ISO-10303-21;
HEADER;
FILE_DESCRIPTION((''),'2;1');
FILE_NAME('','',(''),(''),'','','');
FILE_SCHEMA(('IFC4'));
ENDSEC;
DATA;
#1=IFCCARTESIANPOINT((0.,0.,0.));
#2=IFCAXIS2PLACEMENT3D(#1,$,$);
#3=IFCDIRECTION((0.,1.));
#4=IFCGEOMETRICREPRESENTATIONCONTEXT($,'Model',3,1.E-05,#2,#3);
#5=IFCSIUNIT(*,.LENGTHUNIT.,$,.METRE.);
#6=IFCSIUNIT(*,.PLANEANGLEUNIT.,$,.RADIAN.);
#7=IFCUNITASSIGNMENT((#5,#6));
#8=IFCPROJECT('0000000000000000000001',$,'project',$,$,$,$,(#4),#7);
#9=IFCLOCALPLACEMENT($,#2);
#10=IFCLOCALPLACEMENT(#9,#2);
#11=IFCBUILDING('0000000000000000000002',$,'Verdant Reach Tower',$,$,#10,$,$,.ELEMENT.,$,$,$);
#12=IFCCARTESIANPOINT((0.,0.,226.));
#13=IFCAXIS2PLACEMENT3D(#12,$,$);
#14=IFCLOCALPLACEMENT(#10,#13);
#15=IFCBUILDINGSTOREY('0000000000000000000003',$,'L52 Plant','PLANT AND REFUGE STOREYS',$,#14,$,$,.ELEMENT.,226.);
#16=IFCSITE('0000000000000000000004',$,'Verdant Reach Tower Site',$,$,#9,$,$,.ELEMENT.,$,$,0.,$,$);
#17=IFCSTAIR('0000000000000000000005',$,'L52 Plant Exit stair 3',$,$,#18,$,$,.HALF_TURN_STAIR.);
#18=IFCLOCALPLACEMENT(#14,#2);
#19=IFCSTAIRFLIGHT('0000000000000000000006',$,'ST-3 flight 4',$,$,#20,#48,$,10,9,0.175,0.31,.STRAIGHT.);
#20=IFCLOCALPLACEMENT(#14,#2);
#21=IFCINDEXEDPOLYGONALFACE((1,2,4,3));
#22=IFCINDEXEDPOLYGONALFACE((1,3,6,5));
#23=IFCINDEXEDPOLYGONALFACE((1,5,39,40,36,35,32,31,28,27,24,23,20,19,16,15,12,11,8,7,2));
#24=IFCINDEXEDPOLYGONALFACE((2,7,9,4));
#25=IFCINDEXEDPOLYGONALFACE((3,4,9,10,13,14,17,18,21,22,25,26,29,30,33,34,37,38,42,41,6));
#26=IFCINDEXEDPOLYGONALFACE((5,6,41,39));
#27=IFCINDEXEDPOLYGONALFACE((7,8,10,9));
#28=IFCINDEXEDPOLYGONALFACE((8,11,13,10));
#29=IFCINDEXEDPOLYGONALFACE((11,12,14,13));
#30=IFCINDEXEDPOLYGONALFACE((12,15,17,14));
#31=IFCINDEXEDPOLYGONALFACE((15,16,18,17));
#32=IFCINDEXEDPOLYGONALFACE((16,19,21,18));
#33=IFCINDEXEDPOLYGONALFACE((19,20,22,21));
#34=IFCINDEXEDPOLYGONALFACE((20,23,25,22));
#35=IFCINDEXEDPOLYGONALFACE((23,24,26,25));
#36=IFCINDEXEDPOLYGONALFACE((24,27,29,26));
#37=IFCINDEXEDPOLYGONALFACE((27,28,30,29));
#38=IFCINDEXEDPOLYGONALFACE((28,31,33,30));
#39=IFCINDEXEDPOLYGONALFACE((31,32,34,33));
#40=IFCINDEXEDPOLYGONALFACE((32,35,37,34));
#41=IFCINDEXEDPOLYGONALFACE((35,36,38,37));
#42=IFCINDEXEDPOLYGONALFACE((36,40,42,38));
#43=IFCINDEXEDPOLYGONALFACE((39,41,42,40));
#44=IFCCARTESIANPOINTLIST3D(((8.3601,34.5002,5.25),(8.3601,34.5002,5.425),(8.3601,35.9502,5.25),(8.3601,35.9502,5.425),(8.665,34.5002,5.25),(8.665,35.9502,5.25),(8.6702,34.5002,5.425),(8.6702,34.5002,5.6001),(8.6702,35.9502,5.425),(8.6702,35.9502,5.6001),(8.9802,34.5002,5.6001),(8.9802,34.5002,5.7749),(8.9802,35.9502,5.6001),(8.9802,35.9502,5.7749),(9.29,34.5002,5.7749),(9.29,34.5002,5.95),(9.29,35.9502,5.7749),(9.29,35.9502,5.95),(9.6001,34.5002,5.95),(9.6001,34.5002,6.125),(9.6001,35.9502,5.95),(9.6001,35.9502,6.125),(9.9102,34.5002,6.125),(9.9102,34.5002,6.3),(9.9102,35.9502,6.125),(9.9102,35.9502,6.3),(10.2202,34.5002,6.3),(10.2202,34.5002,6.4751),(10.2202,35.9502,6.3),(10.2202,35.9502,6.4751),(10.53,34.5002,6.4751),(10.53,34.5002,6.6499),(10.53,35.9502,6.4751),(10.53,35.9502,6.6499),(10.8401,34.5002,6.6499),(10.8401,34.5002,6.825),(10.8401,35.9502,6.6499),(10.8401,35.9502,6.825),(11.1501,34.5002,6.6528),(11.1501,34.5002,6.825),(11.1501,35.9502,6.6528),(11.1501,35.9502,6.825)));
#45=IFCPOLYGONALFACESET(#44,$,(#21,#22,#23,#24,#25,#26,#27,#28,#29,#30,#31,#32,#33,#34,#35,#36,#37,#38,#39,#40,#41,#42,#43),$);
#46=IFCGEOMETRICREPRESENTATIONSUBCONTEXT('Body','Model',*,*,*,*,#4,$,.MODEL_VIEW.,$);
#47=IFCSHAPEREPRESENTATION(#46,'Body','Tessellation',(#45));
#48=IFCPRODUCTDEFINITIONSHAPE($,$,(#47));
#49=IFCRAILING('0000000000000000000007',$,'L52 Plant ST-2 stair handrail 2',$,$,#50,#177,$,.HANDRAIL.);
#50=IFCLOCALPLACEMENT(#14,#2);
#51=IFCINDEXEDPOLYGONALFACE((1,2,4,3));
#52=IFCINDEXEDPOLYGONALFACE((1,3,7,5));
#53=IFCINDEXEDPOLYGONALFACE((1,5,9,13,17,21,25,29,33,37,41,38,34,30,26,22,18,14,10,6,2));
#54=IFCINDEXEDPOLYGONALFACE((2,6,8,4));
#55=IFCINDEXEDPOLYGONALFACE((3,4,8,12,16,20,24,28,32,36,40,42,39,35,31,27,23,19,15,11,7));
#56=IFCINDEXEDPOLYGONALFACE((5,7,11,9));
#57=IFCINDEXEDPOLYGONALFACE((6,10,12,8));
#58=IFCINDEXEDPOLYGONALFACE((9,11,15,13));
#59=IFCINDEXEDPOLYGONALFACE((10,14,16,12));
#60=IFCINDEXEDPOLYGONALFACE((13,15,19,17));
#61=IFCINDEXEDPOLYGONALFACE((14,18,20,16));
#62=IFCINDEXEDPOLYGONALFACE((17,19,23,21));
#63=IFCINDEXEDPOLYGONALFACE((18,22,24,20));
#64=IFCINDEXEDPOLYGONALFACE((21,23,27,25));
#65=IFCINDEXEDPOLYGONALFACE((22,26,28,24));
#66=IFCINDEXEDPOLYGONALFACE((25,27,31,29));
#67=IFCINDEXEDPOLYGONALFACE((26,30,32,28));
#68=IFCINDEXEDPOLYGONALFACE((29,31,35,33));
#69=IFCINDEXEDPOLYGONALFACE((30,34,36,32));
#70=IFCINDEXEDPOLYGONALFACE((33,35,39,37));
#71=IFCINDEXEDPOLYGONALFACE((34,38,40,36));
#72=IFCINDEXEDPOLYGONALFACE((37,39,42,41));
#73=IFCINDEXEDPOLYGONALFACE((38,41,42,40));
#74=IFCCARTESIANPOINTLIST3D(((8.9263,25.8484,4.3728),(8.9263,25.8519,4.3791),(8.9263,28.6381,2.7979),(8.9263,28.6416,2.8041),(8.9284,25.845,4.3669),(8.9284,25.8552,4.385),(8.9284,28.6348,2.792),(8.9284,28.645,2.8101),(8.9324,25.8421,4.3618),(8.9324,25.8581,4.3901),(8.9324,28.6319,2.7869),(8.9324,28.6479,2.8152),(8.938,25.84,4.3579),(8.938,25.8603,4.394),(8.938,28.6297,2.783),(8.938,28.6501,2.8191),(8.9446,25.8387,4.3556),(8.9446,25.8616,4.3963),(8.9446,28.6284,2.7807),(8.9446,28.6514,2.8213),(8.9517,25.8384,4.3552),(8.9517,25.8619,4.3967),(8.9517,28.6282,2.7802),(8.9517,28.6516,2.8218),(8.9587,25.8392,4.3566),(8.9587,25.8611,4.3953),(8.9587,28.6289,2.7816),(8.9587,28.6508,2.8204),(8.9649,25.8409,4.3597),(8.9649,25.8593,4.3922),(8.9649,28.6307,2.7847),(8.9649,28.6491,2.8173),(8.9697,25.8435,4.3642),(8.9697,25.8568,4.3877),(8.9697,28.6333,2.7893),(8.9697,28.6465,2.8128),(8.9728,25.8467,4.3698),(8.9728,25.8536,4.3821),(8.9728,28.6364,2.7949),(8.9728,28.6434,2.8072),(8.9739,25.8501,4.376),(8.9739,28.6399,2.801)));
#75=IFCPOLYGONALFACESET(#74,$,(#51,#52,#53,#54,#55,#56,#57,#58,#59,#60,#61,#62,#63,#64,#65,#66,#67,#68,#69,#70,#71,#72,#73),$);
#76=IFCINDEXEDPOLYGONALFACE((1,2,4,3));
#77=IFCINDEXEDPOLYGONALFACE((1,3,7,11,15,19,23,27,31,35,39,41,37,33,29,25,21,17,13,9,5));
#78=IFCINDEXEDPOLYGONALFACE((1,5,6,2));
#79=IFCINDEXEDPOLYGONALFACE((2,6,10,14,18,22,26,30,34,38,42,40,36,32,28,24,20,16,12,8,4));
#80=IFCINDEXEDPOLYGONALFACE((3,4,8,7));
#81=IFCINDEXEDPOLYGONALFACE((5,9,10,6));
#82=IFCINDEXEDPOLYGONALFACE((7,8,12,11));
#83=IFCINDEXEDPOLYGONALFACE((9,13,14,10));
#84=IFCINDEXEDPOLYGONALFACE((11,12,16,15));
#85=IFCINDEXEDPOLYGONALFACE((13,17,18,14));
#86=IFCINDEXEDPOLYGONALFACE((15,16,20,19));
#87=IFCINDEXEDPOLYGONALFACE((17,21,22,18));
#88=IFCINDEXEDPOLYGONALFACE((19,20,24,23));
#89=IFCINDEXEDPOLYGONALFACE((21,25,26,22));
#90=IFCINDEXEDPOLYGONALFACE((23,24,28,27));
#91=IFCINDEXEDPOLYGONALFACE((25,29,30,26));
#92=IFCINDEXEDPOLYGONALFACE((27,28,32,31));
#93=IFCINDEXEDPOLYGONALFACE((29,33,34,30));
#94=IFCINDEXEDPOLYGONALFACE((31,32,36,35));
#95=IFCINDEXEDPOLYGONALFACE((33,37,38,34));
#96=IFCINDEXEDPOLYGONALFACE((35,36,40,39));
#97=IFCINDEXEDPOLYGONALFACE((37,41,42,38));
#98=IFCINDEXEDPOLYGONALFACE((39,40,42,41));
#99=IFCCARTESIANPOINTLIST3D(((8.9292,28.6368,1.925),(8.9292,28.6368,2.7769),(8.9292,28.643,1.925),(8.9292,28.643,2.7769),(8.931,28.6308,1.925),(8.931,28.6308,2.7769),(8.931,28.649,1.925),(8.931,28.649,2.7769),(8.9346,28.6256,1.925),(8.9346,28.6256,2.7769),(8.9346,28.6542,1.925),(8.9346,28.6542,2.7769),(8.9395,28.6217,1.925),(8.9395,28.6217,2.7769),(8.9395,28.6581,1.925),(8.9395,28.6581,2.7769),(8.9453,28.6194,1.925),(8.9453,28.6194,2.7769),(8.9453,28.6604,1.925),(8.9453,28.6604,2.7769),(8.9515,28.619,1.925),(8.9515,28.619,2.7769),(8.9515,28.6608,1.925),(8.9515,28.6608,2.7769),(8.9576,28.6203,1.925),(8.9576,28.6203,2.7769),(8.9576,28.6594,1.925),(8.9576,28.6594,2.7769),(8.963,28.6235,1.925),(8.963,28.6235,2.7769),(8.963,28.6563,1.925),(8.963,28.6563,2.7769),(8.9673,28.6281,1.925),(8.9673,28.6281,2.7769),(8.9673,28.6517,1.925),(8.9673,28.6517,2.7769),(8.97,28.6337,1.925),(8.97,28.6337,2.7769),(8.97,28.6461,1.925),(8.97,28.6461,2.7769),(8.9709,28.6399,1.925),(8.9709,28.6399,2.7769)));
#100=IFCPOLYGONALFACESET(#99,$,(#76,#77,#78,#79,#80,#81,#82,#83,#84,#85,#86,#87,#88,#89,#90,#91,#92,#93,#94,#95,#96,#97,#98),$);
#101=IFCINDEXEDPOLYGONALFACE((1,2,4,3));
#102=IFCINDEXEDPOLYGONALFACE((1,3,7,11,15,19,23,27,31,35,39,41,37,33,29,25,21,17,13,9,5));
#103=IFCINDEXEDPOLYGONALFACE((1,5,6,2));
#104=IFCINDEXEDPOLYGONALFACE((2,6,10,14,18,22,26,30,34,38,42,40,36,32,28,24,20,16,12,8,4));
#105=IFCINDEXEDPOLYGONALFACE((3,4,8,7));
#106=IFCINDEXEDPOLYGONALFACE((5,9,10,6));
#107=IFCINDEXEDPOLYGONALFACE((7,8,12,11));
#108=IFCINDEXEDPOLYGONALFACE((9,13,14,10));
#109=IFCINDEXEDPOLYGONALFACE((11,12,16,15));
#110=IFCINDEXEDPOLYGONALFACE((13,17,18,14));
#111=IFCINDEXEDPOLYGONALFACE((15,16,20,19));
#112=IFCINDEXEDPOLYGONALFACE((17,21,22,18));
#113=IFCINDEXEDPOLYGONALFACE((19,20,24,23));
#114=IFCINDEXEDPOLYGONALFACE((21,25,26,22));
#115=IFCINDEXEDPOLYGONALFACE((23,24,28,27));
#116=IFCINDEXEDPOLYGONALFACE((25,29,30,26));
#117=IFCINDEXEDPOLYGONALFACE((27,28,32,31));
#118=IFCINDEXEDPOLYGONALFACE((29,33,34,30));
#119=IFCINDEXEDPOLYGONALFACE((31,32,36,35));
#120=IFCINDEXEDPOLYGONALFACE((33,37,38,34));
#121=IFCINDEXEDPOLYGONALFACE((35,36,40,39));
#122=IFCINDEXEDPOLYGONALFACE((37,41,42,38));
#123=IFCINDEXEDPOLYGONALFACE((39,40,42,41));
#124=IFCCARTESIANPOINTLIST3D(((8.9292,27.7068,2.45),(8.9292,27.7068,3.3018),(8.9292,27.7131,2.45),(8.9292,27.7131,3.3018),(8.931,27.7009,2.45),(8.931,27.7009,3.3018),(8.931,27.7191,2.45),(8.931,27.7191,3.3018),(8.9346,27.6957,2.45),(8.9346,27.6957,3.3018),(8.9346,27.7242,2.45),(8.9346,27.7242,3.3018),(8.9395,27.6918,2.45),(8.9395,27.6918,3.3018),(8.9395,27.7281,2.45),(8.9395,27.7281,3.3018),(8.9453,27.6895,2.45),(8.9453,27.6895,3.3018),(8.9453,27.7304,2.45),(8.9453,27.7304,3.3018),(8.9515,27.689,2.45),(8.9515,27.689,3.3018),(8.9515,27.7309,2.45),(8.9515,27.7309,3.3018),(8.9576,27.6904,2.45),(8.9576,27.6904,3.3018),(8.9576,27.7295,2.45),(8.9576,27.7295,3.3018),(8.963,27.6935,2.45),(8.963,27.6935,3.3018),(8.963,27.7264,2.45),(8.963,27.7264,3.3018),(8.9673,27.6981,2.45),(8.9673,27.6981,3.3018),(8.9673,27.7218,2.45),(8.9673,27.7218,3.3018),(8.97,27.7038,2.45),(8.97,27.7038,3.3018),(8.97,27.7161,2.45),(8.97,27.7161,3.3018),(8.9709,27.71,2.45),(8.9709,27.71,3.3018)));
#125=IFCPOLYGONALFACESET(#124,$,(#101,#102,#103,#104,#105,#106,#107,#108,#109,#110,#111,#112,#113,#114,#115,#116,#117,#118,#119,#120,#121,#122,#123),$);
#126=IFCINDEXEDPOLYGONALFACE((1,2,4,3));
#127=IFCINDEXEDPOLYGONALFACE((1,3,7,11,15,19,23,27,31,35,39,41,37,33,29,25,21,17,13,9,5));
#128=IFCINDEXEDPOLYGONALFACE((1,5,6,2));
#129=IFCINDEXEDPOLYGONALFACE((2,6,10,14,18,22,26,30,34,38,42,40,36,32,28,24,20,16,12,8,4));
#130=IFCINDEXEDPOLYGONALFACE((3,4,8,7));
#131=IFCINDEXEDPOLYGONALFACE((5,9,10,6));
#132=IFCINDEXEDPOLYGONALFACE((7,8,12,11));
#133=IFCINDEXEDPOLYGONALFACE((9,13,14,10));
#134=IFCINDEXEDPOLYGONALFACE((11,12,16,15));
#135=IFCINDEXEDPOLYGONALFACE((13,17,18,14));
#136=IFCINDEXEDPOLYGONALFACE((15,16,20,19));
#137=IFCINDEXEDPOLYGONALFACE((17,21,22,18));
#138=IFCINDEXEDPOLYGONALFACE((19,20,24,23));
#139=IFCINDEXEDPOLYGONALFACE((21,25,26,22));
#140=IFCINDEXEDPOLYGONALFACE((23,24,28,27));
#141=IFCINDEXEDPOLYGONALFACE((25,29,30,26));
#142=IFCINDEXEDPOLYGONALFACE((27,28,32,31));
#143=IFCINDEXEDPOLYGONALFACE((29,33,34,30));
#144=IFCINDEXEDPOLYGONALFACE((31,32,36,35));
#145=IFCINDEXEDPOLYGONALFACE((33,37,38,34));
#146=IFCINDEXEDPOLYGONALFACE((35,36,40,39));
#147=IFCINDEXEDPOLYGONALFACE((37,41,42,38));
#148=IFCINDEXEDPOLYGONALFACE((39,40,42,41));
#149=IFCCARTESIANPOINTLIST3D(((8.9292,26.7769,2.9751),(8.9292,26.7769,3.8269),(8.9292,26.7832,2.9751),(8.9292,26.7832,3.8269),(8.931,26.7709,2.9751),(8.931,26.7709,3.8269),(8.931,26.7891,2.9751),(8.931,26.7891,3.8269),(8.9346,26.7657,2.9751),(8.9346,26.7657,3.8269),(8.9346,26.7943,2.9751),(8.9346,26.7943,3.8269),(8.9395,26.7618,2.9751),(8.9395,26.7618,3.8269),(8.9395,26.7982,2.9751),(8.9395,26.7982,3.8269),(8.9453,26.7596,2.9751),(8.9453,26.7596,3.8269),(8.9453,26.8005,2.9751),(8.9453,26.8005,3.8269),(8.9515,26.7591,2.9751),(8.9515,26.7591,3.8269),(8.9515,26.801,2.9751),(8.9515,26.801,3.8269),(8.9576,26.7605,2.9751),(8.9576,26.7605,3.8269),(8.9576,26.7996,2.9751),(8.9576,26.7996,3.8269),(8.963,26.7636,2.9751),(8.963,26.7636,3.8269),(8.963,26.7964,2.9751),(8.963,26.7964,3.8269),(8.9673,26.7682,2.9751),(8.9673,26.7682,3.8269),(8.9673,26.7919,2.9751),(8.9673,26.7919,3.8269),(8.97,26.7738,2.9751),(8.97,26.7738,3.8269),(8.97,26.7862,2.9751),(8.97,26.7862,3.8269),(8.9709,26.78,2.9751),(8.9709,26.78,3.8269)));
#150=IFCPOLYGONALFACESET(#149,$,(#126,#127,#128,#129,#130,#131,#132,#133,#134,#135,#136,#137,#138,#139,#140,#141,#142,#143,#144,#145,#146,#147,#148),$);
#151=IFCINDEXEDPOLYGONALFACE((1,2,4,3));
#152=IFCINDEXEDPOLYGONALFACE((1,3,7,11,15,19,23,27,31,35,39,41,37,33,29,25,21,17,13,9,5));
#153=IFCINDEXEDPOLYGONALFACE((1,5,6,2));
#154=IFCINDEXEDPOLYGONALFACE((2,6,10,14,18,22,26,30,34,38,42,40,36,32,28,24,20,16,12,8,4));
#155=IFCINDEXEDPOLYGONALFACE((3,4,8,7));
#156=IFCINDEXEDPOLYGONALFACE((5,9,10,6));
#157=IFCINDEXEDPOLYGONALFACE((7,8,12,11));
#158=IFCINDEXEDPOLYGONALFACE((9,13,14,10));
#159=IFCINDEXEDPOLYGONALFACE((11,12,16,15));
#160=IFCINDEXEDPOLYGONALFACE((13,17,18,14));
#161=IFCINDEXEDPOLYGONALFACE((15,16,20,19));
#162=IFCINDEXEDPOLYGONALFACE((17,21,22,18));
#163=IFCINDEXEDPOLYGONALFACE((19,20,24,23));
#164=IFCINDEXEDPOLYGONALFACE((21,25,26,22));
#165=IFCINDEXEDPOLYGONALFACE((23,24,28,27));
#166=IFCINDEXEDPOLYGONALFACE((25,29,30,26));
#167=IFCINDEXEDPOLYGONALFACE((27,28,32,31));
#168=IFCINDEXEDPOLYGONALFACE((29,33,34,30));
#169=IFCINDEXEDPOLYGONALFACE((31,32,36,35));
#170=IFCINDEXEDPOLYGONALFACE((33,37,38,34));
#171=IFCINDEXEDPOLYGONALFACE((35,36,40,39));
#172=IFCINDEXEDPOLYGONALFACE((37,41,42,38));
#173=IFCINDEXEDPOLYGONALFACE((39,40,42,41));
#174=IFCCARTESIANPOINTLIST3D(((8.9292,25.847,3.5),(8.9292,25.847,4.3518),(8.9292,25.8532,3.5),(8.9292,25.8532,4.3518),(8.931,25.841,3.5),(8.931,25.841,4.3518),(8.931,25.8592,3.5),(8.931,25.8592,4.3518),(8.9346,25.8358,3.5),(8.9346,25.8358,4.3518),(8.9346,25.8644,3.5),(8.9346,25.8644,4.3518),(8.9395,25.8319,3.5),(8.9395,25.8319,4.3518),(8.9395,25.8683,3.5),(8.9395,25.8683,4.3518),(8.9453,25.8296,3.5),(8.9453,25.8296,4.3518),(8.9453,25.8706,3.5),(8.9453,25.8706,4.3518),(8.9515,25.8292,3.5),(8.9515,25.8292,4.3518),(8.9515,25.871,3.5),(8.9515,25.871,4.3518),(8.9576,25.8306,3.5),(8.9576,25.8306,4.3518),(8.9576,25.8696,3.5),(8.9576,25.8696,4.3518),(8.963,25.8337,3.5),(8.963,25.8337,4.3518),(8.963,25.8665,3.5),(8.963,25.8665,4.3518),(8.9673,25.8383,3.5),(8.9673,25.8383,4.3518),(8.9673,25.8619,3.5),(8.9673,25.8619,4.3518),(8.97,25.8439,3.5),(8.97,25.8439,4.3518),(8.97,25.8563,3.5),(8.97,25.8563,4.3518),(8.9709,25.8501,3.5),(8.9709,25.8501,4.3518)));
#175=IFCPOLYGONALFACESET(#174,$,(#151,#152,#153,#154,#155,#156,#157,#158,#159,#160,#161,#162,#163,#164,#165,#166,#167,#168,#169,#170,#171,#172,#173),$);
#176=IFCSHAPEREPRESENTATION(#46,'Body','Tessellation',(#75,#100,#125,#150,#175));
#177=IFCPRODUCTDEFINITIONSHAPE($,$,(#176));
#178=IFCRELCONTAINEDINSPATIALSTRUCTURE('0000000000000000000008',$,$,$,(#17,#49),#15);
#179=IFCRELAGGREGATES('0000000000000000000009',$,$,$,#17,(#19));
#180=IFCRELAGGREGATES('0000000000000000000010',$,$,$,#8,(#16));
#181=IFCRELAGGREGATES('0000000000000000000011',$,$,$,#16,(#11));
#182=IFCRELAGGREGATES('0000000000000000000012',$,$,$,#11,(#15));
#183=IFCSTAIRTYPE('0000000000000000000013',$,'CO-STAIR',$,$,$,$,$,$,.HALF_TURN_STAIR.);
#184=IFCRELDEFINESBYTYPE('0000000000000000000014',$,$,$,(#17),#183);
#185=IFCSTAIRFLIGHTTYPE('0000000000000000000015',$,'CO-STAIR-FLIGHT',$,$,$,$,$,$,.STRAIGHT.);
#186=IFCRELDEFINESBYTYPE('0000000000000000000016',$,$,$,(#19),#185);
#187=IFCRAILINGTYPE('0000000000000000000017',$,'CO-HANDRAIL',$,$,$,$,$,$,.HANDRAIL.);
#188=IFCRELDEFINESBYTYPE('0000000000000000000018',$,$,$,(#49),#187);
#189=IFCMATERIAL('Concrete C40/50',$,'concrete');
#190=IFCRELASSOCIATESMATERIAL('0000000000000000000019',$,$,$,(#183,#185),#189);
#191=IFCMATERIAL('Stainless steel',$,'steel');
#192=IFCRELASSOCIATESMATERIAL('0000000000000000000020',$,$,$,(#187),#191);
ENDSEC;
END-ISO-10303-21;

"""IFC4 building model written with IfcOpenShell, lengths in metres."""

from ifc_helpers import new_model, si_unit, direction, frame, origin, origin_2d, place, context, subcontext, project, spatial, polyline, circle, outline, extrude, material, type_object, element, aggregate, save


model = new_model("IFC4")

# Units and contexts
model_context = context("Model", 3, precision=1e-05, world=origin(), true_north=direction((0.0, 1.0)))
body_context = subcontext(model_context, "Body", "Model", "MODEL_VIEW")
ifc_project = project(units=[si_unit("LENGTHUNIT", "METRE"), si_unit("PLANEANGLEUNIT", "RADIAN")], contexts=[model_context])

# Site, building, storey
site_placement = place(None, origin())
site = spatial("IfcSite", under=ifc_project, at=site_placement, Name="Verdant Reach Tower Site", CompositionType="ELEMENT", RefElevation=0.0)
building_placement = place(site_placement, origin())
building = spatial("IfcBuilding", under=site, at=building_placement, Name="Verdant Reach Tower", CompositionType="ELEMENT")
storey_placement = place(building_placement, frame((0.0, 0.0, 226.0)))
storey = spatial("IfcBuildingStorey", under=building, at=storey_placement, Name="L52 Plant", Description="PLANT AND REFUGE STOREYS", CompositionType="ELEMENT", Elevation=226.0)

# Shared definitions
ifc_material_1 = material(Name="Concrete C40/50", Category="concrete")

# Stair, stair flight
stair_type = type_object("IfcStairType", Name="CO-STAIR", PredefinedType="HALF_TURN_STAIR", material=ifc_material_1)
stair_flight_type = type_object("IfcStairFlightType", Name="CO-STAIR-FLIGHT", PredefinedType="STRAIGHT", material=ifc_material_1)
stair_1_placement = place(storey_placement, origin())
stair_1 = element("IfcStair", 1, at=stair_1_placement, inside=storey, type_object=stair_type, Name="L52 Plant Exit stair 3", PredefinedType="HALF_TURN_STAIR")
stair_flight_1_placement = place(storey_placement, frame((8.3601, 35.2251, 5.25), z_axis=(0.0, 0.0, 1.0), x_axis=(1.0, 0.0, 0.0)))
stair_flight_1 = element("IfcStairFlight", 2, at=stair_flight_1_placement, type_object=stair_flight_type, Name="ST-3 flight 4", NumberOfRisers=10, NumberOfTreads=9, PredefinedType="STRAIGHT", RiserHeight=0.175, TreadLength=0.31, context=body_context, shape_type="SweptSolid", body=[
    extrude(outline(polyline([(0.0, 0.0), (0.0, 0.175), (0.3101, 0.175), (0.3101, 0.3501), (0.6201, 0.3501), (0.6201, 0.5249), (0.9299, 0.5249), (0.9299, 0.7), (1.24, 0.7), (1.24, 0.875), (1.55, 0.875), (1.55, 1.05), (1.8601, 1.05), (1.8601, 1.2251), (2.1699, 1.2251), (2.1699, 1.3999), (2.48, 1.3999), (2.48, 1.575), (2.79, 1.575), (2.79, 1.75), (2.79, 1.4028), (0.3049, 0.0), (0.0, 0.0)])), frame((0.0, 0.7251, 0.0), z_axis=(0.0, -1.0, 0.0), x_axis=(1.0, 0.0, 0.0)), (0.0, 0.0, 1.0), 1.45),
])
aggregate(stair_1, [stair_flight_1])

# Railing
ifc_material_2 = material(Name="Stainless steel", Category="steel")
railing_type_1 = type_object("IfcRailingType", Name="CO-HANDRAIL", PredefinedType="HANDRAIL", material=ifc_material_2)
for number, where, name in (
    (3, (8.95, 28.6399, 1.925), "L52 Plant ST-2 stair handrail 2"),
):
    element("IfcRailing", number, at=place(storey_placement, frame(where)), inside=storey, type_object=railing_type_1, Name=name, PredefinedType="HANDRAIL", context=body_context, shape_type="SweptSolid", body=[
        extrude(circle(Radius=0.0239, at=origin_2d()), frame((0.0, 0.0, 0.876), z_axis=(0.0, -0.870815, 0.49161), x_axis=(1.0, 0.0, 0.0)), (0.0, 0.0, 1.0), 3.2036),
        extrude(circle(Radius=0.021, at=origin_2d()), origin(), (0.0, 0.0, 1.0), 0.8518),
        extrude(circle(Radius=0.021, at=origin_2d()), frame((0.0, -0.9299, 0.5249)), (0.0, 0.0, 1.0), 0.8518),
        extrude(circle(Radius=0.021, at=origin_2d()), frame((0.0, -1.8599, 1.05)), (0.0, 0.0, 1.0), 0.8518),
        extrude(circle(Radius=0.021, at=origin_2d()), frame((0.0, -2.7898, 1.575)), (0.0, 0.0, 1.0), 0.8518),
    ])

save(model, "model.ifc")
